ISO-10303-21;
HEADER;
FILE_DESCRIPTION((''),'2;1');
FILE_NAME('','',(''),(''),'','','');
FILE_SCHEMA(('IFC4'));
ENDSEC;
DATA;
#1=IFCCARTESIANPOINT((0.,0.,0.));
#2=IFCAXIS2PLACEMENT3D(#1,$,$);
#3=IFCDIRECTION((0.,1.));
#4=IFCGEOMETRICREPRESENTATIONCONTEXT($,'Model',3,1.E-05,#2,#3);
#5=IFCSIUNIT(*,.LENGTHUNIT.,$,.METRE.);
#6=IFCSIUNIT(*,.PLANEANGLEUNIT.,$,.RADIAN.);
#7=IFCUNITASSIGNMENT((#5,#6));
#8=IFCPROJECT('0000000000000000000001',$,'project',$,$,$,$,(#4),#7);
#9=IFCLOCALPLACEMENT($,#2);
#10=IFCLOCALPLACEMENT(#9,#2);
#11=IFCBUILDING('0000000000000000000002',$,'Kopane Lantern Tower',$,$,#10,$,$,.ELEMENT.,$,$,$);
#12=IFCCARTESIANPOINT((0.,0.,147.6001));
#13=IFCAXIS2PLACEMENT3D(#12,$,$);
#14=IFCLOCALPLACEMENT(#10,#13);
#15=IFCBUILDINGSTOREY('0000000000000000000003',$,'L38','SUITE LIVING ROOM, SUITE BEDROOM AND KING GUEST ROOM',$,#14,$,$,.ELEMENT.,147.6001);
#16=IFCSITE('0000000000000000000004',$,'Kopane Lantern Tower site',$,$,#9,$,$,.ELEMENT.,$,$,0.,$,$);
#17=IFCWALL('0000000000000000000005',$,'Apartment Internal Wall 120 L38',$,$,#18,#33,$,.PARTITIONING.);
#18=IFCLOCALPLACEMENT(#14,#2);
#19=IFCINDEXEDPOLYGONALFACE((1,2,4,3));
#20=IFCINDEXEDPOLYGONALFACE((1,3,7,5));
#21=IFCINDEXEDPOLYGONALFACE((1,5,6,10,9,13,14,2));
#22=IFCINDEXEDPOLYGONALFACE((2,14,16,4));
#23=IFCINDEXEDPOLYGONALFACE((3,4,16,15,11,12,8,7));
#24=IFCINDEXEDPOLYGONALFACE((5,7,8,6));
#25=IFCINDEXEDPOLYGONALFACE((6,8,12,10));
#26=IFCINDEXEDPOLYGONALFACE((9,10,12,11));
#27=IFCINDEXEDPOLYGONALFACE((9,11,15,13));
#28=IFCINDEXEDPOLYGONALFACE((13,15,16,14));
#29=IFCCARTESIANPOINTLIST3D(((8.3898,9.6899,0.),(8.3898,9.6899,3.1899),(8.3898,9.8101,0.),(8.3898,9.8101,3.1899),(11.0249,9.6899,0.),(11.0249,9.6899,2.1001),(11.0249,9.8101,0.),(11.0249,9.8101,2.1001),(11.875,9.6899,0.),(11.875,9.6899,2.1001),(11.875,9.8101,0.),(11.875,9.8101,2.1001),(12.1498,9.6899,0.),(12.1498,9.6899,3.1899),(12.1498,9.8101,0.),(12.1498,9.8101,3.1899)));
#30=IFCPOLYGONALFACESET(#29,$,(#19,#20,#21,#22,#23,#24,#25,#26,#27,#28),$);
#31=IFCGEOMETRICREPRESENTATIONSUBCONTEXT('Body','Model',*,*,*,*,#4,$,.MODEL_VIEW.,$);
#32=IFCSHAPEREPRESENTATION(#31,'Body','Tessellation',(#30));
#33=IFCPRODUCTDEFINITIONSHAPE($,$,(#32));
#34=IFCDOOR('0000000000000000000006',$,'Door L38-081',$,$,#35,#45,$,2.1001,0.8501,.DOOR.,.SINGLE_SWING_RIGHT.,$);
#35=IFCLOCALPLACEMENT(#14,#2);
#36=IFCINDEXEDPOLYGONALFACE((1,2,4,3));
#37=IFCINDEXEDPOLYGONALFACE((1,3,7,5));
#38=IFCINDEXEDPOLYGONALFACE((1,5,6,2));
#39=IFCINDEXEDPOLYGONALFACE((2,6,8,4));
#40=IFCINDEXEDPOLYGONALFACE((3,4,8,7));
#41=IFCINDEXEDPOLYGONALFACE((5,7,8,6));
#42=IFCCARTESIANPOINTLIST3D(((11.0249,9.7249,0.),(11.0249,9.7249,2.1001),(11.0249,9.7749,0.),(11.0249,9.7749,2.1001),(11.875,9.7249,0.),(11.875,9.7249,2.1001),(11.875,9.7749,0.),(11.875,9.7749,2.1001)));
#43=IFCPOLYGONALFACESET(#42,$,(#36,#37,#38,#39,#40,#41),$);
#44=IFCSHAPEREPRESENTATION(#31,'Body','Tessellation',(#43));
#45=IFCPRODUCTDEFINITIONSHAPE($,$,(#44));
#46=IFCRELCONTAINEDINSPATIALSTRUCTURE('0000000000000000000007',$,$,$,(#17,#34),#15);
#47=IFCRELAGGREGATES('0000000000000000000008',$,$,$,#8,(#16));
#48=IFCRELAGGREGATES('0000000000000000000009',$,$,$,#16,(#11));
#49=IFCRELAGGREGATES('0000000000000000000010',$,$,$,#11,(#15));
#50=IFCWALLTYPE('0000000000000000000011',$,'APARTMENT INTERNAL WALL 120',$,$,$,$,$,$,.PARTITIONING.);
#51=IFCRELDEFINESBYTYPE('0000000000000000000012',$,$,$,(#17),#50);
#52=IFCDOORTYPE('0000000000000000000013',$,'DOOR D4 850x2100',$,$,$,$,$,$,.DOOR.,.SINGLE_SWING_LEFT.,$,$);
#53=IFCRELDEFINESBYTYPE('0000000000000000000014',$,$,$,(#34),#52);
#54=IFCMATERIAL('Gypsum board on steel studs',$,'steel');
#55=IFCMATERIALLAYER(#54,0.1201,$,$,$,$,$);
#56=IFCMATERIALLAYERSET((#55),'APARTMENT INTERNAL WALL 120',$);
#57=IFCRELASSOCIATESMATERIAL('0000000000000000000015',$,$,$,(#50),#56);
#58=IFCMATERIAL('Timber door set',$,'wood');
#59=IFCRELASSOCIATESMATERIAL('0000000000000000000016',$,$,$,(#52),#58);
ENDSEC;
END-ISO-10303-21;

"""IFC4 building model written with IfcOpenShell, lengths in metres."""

from ifc_helpers import new_model, si_unit, direction, frame, frame_2d, origin, place, context, subcontext, project, spatial, rectangle, extrude, material, layer, layer_set, type_object, element, fill, save


model = new_model("IFC4")

# Units and contexts
model_context = context("Model", 3, precision=1e-05, world=origin(), true_north=direction((0.0, 1.0)))
body_context = subcontext(model_context, "Body", "Model", "MODEL_VIEW")
ifc_project = project(units=[si_unit("LENGTHUNIT", "METRE"), si_unit("PLANEANGLEUNIT", "RADIAN")], contexts=[model_context])

# Site, building, storey
site_placement = place(None, origin())
site = spatial("IfcSite", under=ifc_project, at=site_placement, Name="Kopane Lantern Tower site", CompositionType="ELEMENT", RefElevation=0.0)
building_placement = place(site_placement, origin())
building = spatial("IfcBuilding", under=site, at=building_placement, Name="Kopane Lantern Tower", CompositionType="ELEMENT")
storey_placement = place(building_placement, frame((0.0, 0.0, 147.6001)))
storey = spatial("IfcBuildingStorey", under=building, at=storey_placement, Name="L38", Description="SUITE LIVING ROOM, SUITE BEDROOM AND KING GUEST ROOM", CompositionType="ELEMENT", Elevation=147.6001)

# Shared definitions
ifc_material_1 = material(Name="Gypsum board on steel studs", Category="steel")
ifc_layer = layer(ifc_material_1, 0.1201)
ifc_layer_set = layer_set([ifc_layer], Name="APARTMENT INTERNAL WALL 120")
wall_type = type_object("IfcWallType", Name="APARTMENT INTERNAL WALL 120", PredefinedType="PARTITIONING", material=ifc_layer_set)
ifc_material_2 = material(Name="Timber door set", Category="wood")
door_type = type_object("IfcDoorType", Name="DOOR D4 850x2100", OperationType="SINGLE_SWING_LEFT", PredefinedType="DOOR", material=ifc_material_2)

# Wall, opening, door
wall_1_placement = place(storey_placement, frame((8.3899, 9.75, 0.0), z_axis=(0.0, 0.0, 1.0), x_axis=(1.0, 0.0, 0.0)))
wall_1 = element("IfcWall", 1, at=wall_1_placement, inside=storey, type_object=wall_type, Name="Apartment Internal Wall 120 L38", PredefinedType="PARTITIONING", context=body_context, shape_type="SweptSolid", body=[
    extrude(rectangle(XDim=3.76, YDim=0.1201, at=frame_2d((1.8799, 0.0))), origin(), (0.0, 0.0, 1.0), 3.1899),
])
opening_1_placement = place(wall_1_placement, frame((2.635, 0.0, 0.0)))
opening_1 = element("IfcOpeningElement", 2, at=opening_1_placement, cuts=wall_1, PredefinedType="OPENING", context=body_context, shape_type="SweptSolid", body=[
    extrude(rectangle(XDim=0.8501, YDim=2.1001, at=frame_2d((0.425, 1.05))), frame((0.0, 0.0701, 0.0), z_axis=(0.0, -1.0, 0.0), x_axis=(1.0, 0.0, 0.0)), (0.0, 0.0, 1.0), 0.1401),
])
door_1_placement = place(opening_1_placement, origin())
door_1 = element("IfcDoor", 3, at=door_1_placement, inside=storey, type_object=door_type, Name="Door L38-081", OperationType="SINGLE_SWING_RIGHT", OverallHeight=2.1001, OverallWidth=0.8501, PredefinedType="DOOR", context=body_context, shape_type="SweptSolid", body=[
    extrude(rectangle(XDim=0.8501, YDim=2.1001, at=frame_2d((0.425, 1.05))), frame((0.0, 0.0249, 0.0), z_axis=(0.0, -1.0, 0.0), x_axis=(1.0, 0.0, 0.0)), (0.0, 0.0, 1.0), 0.05),
])
fill(opening_1, door_1)

save(model, "model.ifc")
